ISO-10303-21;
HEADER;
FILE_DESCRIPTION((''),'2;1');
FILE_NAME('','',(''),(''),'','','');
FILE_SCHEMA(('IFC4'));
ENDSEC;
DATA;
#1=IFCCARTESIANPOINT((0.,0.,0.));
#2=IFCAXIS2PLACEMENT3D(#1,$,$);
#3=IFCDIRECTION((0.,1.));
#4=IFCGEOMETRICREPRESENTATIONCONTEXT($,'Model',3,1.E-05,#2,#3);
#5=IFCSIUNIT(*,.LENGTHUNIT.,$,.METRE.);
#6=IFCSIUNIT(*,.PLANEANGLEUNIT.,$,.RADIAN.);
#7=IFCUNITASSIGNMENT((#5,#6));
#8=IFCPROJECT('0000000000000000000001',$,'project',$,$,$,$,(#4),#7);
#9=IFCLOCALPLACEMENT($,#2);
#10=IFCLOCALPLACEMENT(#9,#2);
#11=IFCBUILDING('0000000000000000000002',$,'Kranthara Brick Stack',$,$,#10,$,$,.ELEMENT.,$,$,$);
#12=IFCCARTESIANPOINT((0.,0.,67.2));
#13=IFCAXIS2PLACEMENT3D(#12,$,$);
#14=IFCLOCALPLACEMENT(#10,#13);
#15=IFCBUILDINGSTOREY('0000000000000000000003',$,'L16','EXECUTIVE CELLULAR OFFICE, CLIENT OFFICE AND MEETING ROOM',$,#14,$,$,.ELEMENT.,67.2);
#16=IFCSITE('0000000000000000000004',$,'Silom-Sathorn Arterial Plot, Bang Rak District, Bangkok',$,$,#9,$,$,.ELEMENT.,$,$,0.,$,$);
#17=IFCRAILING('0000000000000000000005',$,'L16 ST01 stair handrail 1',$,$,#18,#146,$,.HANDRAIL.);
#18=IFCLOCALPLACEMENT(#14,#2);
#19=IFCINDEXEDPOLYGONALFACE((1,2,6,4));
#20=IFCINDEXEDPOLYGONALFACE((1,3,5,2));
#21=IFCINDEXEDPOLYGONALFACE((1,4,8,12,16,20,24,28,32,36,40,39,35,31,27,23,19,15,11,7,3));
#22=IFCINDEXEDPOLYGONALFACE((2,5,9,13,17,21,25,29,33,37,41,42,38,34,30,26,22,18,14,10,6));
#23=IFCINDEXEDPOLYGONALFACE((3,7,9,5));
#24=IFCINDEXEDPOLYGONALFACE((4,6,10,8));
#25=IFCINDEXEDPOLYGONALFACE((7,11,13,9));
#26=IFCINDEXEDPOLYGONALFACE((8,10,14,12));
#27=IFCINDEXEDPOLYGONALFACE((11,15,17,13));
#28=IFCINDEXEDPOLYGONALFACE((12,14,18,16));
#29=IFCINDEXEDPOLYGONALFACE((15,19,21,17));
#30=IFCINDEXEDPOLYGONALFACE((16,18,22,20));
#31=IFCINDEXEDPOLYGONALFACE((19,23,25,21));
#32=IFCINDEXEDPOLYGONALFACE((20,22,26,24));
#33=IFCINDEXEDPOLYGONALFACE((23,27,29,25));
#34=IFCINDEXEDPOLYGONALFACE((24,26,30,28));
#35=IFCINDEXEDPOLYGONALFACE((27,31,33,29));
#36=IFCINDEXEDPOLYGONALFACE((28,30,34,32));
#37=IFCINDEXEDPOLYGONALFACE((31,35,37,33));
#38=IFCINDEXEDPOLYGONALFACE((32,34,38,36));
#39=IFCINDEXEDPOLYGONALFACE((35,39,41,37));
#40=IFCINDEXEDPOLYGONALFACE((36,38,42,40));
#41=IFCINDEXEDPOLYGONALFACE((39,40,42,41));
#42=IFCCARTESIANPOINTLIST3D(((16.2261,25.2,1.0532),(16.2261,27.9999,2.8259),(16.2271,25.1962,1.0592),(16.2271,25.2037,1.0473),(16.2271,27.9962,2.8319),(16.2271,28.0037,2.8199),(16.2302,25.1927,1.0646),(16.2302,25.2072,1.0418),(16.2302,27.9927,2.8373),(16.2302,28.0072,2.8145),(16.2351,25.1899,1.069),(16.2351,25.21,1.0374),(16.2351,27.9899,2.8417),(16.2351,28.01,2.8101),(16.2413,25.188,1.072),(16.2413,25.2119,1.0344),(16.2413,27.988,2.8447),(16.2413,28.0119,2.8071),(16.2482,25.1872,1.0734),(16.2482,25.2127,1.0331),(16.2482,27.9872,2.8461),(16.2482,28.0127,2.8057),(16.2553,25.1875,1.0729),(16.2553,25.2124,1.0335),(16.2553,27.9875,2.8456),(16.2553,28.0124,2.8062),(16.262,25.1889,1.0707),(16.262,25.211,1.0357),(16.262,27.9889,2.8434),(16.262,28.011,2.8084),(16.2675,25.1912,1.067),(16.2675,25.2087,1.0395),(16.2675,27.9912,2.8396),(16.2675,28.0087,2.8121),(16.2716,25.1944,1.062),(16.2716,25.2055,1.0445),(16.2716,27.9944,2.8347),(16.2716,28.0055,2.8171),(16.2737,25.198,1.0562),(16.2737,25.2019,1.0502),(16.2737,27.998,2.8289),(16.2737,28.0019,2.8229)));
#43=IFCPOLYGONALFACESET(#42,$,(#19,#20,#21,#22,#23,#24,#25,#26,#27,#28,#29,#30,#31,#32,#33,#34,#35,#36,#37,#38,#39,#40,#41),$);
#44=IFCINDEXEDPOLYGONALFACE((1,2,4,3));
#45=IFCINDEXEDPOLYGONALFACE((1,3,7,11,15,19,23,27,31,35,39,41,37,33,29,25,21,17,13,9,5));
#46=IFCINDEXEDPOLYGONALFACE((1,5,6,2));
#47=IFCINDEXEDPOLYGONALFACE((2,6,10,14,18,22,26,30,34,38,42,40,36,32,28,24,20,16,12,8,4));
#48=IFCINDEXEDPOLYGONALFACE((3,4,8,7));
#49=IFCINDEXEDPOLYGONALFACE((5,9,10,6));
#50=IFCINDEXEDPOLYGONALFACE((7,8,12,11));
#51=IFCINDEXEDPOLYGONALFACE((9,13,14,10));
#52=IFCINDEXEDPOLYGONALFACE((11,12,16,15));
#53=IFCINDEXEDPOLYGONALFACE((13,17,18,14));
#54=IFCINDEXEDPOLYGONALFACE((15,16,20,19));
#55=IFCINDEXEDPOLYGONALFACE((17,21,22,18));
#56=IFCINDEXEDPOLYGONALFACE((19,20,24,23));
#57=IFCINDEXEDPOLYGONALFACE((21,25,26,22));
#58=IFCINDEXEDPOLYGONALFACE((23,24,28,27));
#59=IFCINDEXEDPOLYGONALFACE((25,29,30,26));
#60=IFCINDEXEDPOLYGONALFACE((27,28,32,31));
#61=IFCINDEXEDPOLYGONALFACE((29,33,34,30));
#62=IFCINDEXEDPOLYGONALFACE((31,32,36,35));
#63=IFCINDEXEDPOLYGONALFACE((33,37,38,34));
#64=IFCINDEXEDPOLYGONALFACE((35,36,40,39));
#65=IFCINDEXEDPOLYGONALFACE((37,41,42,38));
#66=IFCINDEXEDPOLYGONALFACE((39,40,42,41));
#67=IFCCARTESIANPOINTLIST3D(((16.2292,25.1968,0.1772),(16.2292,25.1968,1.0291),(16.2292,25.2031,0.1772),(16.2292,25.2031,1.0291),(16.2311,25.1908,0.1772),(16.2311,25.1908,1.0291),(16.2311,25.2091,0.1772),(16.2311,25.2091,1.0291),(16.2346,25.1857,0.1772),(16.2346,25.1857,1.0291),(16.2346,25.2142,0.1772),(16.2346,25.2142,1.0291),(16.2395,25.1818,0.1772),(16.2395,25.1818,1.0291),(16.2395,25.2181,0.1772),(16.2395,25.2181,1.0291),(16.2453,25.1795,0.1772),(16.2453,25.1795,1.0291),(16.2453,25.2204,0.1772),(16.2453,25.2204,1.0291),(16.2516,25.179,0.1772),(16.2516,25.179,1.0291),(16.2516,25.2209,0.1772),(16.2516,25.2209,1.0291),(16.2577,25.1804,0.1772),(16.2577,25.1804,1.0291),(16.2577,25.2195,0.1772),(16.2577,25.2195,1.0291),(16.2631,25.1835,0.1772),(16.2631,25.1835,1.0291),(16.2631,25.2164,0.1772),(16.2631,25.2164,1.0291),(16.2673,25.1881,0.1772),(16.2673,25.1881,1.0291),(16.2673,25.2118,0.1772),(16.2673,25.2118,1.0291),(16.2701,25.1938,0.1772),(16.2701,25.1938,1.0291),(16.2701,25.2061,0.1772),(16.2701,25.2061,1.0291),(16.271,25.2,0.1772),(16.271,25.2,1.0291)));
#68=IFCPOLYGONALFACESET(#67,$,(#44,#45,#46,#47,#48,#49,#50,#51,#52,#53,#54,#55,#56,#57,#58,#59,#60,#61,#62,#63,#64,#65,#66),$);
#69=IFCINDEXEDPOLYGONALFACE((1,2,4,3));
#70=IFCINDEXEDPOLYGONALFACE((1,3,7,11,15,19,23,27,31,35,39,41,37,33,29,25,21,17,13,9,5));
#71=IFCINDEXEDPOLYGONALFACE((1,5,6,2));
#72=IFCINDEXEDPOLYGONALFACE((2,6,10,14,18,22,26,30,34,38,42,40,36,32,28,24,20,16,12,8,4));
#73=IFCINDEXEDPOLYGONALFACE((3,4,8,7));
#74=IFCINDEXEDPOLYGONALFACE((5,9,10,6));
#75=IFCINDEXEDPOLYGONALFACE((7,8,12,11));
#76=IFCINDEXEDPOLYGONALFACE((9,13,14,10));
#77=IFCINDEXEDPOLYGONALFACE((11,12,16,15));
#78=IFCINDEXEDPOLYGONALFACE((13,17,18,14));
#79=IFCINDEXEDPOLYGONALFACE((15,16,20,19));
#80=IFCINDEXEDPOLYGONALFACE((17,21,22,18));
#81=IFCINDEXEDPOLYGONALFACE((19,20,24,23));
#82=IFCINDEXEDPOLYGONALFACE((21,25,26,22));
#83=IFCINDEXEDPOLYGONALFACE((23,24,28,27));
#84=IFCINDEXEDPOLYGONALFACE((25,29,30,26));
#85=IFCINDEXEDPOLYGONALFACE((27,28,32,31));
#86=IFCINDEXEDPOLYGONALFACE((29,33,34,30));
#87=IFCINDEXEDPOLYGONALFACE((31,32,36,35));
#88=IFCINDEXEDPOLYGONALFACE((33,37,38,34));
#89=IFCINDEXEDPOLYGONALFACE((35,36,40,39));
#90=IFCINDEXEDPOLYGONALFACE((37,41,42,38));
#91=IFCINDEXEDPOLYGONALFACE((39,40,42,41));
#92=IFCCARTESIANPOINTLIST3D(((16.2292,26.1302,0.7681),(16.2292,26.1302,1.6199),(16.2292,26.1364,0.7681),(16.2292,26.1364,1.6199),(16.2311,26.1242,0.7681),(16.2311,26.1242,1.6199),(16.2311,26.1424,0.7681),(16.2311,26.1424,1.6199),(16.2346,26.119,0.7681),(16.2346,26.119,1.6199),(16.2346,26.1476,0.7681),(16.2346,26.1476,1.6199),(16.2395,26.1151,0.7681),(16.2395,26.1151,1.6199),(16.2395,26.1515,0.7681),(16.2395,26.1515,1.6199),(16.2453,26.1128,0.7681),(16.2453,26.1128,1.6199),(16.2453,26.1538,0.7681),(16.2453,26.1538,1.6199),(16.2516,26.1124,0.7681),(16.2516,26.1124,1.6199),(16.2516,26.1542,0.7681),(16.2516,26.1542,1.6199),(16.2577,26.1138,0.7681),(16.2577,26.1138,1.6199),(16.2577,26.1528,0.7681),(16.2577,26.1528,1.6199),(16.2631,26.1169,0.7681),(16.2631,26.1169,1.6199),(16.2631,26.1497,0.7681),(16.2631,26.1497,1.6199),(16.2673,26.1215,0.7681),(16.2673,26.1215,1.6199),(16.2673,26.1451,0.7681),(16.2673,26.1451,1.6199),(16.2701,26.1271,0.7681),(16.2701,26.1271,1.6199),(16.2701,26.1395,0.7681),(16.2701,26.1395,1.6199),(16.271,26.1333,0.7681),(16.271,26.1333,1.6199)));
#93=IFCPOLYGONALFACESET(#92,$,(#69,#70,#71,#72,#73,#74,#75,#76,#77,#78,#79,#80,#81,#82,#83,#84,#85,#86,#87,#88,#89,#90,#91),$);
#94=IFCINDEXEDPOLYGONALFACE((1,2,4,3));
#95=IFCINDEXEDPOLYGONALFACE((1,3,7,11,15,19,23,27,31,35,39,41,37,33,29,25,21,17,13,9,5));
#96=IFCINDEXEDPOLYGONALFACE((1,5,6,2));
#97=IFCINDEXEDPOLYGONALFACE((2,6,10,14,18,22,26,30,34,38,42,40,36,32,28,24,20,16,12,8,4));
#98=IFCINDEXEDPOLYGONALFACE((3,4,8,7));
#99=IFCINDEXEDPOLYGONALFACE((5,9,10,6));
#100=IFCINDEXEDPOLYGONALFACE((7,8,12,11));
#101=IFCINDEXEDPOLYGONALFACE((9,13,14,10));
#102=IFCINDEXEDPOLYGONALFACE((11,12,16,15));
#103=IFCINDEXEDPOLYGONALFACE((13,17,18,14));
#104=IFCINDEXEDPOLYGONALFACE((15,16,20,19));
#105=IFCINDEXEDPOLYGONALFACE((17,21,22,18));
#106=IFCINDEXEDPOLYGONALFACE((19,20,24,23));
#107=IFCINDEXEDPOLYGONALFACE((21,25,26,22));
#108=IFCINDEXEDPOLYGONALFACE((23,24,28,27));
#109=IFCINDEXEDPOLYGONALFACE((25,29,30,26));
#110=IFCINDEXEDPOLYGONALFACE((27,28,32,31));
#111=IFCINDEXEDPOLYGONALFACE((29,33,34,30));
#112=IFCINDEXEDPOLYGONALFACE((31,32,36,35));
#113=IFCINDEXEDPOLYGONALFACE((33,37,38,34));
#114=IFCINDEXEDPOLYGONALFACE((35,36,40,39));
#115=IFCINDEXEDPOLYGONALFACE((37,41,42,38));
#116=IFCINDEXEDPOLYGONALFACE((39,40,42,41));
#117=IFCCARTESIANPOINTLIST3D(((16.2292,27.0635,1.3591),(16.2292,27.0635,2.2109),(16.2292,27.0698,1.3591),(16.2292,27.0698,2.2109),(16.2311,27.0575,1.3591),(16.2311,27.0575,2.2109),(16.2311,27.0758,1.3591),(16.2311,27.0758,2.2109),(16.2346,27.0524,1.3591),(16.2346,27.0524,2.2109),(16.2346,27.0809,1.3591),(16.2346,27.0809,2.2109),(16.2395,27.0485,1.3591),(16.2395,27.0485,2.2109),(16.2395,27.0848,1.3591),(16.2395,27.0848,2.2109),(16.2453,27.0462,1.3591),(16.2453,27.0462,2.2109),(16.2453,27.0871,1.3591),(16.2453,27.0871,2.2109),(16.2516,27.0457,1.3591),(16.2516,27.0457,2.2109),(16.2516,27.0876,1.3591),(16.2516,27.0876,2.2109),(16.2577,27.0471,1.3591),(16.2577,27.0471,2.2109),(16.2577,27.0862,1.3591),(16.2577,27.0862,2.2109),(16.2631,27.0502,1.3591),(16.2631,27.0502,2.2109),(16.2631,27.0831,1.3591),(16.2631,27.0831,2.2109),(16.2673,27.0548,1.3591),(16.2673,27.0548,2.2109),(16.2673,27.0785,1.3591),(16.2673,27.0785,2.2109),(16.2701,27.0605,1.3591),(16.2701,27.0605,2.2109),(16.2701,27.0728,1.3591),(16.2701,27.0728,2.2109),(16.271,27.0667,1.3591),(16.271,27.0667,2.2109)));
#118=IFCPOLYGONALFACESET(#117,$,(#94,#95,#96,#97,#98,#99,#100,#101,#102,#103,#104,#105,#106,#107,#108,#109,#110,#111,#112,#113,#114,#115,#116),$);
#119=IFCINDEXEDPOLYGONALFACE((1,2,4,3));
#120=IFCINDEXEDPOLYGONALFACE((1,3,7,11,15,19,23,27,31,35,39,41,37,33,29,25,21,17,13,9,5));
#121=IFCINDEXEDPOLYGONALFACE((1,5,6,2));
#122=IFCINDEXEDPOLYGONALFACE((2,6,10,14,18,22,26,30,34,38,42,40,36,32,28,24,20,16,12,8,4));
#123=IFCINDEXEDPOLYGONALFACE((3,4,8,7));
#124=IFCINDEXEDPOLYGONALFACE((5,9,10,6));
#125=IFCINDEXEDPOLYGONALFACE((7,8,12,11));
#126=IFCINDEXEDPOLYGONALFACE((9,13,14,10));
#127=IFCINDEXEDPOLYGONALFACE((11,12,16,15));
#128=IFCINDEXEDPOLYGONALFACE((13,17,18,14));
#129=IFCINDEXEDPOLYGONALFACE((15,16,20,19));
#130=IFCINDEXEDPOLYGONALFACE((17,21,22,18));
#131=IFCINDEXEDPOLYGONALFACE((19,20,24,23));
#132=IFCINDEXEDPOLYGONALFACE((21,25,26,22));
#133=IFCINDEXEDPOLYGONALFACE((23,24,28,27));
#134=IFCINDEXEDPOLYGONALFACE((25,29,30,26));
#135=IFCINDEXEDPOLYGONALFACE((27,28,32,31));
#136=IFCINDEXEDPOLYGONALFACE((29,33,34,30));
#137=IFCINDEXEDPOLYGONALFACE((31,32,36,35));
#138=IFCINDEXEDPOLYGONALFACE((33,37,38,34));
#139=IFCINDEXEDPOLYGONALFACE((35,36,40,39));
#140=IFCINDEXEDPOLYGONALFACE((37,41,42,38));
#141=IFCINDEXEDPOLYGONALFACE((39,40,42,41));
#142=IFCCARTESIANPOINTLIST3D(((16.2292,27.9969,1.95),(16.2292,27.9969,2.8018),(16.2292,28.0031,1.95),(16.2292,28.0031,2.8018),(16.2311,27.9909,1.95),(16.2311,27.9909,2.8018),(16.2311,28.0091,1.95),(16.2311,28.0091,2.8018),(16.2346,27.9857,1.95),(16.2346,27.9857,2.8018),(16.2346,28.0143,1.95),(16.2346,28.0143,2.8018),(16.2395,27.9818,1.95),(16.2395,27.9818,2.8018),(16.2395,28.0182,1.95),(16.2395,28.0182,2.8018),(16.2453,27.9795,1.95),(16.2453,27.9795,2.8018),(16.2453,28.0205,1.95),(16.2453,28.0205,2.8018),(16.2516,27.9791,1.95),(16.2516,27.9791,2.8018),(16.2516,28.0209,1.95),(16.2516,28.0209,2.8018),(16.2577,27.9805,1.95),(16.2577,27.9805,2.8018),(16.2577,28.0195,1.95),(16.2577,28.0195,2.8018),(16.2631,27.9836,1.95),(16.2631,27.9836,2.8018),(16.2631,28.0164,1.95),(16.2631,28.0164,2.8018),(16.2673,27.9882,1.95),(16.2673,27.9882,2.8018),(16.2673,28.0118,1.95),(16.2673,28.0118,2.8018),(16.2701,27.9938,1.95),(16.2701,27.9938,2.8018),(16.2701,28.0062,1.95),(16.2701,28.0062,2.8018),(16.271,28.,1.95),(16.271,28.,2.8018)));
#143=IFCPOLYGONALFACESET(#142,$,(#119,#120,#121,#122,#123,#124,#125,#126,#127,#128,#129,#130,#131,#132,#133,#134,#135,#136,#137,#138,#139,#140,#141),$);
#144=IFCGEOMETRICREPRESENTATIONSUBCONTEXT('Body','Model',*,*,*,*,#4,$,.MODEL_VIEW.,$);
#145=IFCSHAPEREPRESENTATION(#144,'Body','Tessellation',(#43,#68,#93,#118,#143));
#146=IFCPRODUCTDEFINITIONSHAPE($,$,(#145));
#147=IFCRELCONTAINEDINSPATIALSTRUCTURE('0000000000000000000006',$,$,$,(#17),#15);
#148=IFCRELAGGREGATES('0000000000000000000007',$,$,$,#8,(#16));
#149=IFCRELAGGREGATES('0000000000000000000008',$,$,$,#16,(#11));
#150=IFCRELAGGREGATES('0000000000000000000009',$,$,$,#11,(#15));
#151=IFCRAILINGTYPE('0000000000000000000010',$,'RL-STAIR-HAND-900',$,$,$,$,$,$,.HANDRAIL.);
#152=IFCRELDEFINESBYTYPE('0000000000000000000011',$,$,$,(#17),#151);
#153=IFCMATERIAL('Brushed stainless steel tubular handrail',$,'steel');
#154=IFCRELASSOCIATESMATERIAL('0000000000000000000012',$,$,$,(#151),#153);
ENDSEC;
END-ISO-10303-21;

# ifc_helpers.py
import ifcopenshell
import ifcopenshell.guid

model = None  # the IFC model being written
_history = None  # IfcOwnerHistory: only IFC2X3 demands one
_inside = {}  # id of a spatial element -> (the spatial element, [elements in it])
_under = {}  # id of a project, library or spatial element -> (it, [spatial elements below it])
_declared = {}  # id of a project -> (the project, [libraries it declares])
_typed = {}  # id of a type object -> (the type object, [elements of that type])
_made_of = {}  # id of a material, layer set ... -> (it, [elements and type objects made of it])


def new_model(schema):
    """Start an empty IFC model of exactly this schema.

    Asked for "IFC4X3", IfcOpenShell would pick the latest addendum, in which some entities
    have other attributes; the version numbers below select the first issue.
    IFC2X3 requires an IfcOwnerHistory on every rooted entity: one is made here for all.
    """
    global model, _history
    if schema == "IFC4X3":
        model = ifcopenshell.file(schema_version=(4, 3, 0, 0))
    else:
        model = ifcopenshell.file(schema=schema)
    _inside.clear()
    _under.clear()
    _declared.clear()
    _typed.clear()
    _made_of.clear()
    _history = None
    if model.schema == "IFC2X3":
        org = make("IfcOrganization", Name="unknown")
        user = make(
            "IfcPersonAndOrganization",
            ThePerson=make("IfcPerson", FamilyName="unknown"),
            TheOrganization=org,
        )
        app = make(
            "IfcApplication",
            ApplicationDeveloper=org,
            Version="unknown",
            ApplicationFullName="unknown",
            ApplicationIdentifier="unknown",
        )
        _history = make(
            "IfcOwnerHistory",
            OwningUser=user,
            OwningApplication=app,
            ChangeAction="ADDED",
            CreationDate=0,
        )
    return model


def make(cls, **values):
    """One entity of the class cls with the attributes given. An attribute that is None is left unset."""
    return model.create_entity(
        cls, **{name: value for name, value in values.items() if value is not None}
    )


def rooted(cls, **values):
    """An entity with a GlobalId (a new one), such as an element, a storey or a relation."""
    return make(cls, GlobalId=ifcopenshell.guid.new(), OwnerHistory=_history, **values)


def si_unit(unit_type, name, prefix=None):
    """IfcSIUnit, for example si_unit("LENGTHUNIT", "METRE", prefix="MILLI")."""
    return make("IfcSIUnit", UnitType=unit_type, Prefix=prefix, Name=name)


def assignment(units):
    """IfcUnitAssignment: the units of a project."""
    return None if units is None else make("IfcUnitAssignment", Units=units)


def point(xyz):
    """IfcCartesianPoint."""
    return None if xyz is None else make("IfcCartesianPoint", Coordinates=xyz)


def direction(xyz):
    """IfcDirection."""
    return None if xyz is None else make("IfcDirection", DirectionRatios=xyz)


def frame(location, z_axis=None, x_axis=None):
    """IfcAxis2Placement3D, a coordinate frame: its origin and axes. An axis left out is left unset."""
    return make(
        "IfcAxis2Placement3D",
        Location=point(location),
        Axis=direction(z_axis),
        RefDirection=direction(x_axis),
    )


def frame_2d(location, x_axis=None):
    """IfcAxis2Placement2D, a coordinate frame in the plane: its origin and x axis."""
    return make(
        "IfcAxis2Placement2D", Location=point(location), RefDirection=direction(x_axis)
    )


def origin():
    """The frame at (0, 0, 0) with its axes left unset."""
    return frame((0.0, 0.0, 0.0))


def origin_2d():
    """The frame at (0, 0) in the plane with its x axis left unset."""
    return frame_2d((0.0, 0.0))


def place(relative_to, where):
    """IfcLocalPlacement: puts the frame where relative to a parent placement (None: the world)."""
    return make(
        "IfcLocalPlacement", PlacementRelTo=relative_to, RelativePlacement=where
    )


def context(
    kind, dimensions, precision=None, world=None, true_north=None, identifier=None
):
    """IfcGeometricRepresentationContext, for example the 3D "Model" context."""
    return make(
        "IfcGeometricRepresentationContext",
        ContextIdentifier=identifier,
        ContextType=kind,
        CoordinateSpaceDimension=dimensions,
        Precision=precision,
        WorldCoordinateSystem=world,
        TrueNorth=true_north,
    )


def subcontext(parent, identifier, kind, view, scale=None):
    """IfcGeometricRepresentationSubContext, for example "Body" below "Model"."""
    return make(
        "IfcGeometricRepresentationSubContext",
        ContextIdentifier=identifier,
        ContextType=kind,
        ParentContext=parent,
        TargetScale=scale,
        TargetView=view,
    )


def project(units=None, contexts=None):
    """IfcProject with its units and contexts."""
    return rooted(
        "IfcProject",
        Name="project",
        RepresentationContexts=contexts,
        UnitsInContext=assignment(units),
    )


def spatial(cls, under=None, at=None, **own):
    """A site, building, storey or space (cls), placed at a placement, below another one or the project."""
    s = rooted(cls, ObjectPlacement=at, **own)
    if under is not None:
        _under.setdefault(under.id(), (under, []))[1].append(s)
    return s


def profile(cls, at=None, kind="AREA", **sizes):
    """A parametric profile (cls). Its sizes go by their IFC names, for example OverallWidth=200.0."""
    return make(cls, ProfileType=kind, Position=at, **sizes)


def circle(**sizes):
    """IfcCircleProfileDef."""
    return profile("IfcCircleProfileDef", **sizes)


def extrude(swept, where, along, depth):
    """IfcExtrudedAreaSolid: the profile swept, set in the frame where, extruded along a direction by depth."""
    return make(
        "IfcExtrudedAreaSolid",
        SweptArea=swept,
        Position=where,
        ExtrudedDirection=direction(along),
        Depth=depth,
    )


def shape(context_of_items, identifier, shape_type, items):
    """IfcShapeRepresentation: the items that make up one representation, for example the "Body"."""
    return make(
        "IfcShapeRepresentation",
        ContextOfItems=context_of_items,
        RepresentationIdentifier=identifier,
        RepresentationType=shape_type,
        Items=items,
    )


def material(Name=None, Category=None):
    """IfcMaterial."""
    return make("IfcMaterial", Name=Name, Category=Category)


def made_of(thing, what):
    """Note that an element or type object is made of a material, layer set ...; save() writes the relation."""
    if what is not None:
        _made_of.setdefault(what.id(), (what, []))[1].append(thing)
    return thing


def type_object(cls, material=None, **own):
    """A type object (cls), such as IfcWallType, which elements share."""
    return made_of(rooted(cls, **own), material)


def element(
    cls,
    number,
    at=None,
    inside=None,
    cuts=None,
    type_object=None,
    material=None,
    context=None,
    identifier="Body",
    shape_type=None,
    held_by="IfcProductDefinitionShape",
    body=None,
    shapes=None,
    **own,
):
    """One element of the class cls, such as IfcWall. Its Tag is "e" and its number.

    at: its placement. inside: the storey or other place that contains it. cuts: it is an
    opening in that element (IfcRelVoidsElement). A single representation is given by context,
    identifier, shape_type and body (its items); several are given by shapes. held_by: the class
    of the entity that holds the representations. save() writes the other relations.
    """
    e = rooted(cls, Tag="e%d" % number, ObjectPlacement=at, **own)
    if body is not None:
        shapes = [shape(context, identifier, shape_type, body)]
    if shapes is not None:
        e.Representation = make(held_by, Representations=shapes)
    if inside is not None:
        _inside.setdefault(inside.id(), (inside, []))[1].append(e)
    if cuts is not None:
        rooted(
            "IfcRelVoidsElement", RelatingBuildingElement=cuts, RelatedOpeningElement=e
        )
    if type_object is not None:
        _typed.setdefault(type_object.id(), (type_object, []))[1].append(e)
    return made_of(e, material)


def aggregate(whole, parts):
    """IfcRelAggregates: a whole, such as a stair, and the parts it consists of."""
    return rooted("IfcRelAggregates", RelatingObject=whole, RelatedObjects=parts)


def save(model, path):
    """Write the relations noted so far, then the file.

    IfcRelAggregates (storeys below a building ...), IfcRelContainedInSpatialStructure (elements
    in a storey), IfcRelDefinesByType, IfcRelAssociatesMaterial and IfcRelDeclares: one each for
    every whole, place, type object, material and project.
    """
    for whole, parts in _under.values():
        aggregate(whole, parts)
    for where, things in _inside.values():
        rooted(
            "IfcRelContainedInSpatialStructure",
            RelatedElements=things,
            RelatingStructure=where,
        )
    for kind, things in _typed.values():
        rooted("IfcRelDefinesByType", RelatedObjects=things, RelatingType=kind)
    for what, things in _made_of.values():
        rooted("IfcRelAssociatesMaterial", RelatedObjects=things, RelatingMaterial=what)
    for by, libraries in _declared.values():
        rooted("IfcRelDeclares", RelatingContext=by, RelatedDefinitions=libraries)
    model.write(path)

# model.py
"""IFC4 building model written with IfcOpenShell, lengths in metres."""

from ifc_helpers import new_model, si_unit, direction, frame, origin, origin_2d, place, context, subcontext, project, spatial, circle, extrude, material, type_object, element, save


model = new_model("IFC4")

# Units and contexts
model_context = context("Model", 3, precision=1e-05, world=origin(), true_north=direction((0.0, 1.0)))
body_context = subcontext(model_context, "Body", "Model", "MODEL_VIEW")
ifc_project = project(units=[si_unit("LENGTHUNIT", "METRE"), si_unit("PLANEANGLEUNIT", "RADIAN")], contexts=[model_context])

# Site, building, storey
site_placement = place(None, origin())
site = spatial("IfcSite", under=ifc_project, at=site_placement, Name="Silom-Sathorn Arterial Plot, Bang Rak District, Bangkok", CompositionType="ELEMENT", RefElevation=0.0)
building_placement = place(site_placement, origin())
building = spatial("IfcBuilding", under=site, at=building_placement, Name="Kranthara Brick Stack", CompositionType="ELEMENT")
storey_placement = place(building_placement, frame((0.0, 0.0, 67.2)))
storey = spatial("IfcBuildingStorey", under=building, at=storey_placement, Name="L16", Description="EXECUTIVE CELLULAR OFFICE, CLIENT OFFICE AND MEETING ROOM", CompositionType="ELEMENT", Elevation=67.2)

# Railing
ifc_material_1 = material(Name="Brushed stainless steel tubular handrail", Category="steel")
railing_type_1 = type_object("IfcRailingType", Name="RL-STAIR-HAND-900", PredefinedType="HANDRAIL", material=ifc_material_1)
railing_1_placement = place(storey_placement, frame((16.25, 25.2, 0.1772)))
element("IfcRailing", 1, at=railing_1_placement, inside=storey, type_object=railing_type_1, Name="L16 ST01 stair handrail 1", PredefinedType="HANDRAIL", context=body_context, shape_type="SweptSolid", body=[
    extrude(circle(Radius=0.0239, at=origin_2d()), frame((0.0, 0.0, 0.876), z_axis=(0.0, 0.844909, 0.53491), x_axis=(-1.0, 0.0, 0.0)), (0.0, 0.0, 1.0), 3.314),
    extrude(circle(Radius=0.021, at=origin_2d()), origin(), (0.0, 0.0, 1.0), 0.8518),
    extrude(circle(Radius=0.021, at=origin_2d()), frame((0.0, 0.9333, 0.5908)), (0.0, 0.0, 1.0), 0.8518),
    extrude(circle(Radius=0.021, at=origin_2d()), frame((0.0, 1.8667, 1.1819)), (0.0, 0.0, 1.0), 0.8518),
    extrude(circle(Radius=0.021, at=origin_2d()), frame((0.0, 2.8, 1.7727)), (0.0, 0.0, 1.0), 0.8518),
])

save(model, "model.ifc")
